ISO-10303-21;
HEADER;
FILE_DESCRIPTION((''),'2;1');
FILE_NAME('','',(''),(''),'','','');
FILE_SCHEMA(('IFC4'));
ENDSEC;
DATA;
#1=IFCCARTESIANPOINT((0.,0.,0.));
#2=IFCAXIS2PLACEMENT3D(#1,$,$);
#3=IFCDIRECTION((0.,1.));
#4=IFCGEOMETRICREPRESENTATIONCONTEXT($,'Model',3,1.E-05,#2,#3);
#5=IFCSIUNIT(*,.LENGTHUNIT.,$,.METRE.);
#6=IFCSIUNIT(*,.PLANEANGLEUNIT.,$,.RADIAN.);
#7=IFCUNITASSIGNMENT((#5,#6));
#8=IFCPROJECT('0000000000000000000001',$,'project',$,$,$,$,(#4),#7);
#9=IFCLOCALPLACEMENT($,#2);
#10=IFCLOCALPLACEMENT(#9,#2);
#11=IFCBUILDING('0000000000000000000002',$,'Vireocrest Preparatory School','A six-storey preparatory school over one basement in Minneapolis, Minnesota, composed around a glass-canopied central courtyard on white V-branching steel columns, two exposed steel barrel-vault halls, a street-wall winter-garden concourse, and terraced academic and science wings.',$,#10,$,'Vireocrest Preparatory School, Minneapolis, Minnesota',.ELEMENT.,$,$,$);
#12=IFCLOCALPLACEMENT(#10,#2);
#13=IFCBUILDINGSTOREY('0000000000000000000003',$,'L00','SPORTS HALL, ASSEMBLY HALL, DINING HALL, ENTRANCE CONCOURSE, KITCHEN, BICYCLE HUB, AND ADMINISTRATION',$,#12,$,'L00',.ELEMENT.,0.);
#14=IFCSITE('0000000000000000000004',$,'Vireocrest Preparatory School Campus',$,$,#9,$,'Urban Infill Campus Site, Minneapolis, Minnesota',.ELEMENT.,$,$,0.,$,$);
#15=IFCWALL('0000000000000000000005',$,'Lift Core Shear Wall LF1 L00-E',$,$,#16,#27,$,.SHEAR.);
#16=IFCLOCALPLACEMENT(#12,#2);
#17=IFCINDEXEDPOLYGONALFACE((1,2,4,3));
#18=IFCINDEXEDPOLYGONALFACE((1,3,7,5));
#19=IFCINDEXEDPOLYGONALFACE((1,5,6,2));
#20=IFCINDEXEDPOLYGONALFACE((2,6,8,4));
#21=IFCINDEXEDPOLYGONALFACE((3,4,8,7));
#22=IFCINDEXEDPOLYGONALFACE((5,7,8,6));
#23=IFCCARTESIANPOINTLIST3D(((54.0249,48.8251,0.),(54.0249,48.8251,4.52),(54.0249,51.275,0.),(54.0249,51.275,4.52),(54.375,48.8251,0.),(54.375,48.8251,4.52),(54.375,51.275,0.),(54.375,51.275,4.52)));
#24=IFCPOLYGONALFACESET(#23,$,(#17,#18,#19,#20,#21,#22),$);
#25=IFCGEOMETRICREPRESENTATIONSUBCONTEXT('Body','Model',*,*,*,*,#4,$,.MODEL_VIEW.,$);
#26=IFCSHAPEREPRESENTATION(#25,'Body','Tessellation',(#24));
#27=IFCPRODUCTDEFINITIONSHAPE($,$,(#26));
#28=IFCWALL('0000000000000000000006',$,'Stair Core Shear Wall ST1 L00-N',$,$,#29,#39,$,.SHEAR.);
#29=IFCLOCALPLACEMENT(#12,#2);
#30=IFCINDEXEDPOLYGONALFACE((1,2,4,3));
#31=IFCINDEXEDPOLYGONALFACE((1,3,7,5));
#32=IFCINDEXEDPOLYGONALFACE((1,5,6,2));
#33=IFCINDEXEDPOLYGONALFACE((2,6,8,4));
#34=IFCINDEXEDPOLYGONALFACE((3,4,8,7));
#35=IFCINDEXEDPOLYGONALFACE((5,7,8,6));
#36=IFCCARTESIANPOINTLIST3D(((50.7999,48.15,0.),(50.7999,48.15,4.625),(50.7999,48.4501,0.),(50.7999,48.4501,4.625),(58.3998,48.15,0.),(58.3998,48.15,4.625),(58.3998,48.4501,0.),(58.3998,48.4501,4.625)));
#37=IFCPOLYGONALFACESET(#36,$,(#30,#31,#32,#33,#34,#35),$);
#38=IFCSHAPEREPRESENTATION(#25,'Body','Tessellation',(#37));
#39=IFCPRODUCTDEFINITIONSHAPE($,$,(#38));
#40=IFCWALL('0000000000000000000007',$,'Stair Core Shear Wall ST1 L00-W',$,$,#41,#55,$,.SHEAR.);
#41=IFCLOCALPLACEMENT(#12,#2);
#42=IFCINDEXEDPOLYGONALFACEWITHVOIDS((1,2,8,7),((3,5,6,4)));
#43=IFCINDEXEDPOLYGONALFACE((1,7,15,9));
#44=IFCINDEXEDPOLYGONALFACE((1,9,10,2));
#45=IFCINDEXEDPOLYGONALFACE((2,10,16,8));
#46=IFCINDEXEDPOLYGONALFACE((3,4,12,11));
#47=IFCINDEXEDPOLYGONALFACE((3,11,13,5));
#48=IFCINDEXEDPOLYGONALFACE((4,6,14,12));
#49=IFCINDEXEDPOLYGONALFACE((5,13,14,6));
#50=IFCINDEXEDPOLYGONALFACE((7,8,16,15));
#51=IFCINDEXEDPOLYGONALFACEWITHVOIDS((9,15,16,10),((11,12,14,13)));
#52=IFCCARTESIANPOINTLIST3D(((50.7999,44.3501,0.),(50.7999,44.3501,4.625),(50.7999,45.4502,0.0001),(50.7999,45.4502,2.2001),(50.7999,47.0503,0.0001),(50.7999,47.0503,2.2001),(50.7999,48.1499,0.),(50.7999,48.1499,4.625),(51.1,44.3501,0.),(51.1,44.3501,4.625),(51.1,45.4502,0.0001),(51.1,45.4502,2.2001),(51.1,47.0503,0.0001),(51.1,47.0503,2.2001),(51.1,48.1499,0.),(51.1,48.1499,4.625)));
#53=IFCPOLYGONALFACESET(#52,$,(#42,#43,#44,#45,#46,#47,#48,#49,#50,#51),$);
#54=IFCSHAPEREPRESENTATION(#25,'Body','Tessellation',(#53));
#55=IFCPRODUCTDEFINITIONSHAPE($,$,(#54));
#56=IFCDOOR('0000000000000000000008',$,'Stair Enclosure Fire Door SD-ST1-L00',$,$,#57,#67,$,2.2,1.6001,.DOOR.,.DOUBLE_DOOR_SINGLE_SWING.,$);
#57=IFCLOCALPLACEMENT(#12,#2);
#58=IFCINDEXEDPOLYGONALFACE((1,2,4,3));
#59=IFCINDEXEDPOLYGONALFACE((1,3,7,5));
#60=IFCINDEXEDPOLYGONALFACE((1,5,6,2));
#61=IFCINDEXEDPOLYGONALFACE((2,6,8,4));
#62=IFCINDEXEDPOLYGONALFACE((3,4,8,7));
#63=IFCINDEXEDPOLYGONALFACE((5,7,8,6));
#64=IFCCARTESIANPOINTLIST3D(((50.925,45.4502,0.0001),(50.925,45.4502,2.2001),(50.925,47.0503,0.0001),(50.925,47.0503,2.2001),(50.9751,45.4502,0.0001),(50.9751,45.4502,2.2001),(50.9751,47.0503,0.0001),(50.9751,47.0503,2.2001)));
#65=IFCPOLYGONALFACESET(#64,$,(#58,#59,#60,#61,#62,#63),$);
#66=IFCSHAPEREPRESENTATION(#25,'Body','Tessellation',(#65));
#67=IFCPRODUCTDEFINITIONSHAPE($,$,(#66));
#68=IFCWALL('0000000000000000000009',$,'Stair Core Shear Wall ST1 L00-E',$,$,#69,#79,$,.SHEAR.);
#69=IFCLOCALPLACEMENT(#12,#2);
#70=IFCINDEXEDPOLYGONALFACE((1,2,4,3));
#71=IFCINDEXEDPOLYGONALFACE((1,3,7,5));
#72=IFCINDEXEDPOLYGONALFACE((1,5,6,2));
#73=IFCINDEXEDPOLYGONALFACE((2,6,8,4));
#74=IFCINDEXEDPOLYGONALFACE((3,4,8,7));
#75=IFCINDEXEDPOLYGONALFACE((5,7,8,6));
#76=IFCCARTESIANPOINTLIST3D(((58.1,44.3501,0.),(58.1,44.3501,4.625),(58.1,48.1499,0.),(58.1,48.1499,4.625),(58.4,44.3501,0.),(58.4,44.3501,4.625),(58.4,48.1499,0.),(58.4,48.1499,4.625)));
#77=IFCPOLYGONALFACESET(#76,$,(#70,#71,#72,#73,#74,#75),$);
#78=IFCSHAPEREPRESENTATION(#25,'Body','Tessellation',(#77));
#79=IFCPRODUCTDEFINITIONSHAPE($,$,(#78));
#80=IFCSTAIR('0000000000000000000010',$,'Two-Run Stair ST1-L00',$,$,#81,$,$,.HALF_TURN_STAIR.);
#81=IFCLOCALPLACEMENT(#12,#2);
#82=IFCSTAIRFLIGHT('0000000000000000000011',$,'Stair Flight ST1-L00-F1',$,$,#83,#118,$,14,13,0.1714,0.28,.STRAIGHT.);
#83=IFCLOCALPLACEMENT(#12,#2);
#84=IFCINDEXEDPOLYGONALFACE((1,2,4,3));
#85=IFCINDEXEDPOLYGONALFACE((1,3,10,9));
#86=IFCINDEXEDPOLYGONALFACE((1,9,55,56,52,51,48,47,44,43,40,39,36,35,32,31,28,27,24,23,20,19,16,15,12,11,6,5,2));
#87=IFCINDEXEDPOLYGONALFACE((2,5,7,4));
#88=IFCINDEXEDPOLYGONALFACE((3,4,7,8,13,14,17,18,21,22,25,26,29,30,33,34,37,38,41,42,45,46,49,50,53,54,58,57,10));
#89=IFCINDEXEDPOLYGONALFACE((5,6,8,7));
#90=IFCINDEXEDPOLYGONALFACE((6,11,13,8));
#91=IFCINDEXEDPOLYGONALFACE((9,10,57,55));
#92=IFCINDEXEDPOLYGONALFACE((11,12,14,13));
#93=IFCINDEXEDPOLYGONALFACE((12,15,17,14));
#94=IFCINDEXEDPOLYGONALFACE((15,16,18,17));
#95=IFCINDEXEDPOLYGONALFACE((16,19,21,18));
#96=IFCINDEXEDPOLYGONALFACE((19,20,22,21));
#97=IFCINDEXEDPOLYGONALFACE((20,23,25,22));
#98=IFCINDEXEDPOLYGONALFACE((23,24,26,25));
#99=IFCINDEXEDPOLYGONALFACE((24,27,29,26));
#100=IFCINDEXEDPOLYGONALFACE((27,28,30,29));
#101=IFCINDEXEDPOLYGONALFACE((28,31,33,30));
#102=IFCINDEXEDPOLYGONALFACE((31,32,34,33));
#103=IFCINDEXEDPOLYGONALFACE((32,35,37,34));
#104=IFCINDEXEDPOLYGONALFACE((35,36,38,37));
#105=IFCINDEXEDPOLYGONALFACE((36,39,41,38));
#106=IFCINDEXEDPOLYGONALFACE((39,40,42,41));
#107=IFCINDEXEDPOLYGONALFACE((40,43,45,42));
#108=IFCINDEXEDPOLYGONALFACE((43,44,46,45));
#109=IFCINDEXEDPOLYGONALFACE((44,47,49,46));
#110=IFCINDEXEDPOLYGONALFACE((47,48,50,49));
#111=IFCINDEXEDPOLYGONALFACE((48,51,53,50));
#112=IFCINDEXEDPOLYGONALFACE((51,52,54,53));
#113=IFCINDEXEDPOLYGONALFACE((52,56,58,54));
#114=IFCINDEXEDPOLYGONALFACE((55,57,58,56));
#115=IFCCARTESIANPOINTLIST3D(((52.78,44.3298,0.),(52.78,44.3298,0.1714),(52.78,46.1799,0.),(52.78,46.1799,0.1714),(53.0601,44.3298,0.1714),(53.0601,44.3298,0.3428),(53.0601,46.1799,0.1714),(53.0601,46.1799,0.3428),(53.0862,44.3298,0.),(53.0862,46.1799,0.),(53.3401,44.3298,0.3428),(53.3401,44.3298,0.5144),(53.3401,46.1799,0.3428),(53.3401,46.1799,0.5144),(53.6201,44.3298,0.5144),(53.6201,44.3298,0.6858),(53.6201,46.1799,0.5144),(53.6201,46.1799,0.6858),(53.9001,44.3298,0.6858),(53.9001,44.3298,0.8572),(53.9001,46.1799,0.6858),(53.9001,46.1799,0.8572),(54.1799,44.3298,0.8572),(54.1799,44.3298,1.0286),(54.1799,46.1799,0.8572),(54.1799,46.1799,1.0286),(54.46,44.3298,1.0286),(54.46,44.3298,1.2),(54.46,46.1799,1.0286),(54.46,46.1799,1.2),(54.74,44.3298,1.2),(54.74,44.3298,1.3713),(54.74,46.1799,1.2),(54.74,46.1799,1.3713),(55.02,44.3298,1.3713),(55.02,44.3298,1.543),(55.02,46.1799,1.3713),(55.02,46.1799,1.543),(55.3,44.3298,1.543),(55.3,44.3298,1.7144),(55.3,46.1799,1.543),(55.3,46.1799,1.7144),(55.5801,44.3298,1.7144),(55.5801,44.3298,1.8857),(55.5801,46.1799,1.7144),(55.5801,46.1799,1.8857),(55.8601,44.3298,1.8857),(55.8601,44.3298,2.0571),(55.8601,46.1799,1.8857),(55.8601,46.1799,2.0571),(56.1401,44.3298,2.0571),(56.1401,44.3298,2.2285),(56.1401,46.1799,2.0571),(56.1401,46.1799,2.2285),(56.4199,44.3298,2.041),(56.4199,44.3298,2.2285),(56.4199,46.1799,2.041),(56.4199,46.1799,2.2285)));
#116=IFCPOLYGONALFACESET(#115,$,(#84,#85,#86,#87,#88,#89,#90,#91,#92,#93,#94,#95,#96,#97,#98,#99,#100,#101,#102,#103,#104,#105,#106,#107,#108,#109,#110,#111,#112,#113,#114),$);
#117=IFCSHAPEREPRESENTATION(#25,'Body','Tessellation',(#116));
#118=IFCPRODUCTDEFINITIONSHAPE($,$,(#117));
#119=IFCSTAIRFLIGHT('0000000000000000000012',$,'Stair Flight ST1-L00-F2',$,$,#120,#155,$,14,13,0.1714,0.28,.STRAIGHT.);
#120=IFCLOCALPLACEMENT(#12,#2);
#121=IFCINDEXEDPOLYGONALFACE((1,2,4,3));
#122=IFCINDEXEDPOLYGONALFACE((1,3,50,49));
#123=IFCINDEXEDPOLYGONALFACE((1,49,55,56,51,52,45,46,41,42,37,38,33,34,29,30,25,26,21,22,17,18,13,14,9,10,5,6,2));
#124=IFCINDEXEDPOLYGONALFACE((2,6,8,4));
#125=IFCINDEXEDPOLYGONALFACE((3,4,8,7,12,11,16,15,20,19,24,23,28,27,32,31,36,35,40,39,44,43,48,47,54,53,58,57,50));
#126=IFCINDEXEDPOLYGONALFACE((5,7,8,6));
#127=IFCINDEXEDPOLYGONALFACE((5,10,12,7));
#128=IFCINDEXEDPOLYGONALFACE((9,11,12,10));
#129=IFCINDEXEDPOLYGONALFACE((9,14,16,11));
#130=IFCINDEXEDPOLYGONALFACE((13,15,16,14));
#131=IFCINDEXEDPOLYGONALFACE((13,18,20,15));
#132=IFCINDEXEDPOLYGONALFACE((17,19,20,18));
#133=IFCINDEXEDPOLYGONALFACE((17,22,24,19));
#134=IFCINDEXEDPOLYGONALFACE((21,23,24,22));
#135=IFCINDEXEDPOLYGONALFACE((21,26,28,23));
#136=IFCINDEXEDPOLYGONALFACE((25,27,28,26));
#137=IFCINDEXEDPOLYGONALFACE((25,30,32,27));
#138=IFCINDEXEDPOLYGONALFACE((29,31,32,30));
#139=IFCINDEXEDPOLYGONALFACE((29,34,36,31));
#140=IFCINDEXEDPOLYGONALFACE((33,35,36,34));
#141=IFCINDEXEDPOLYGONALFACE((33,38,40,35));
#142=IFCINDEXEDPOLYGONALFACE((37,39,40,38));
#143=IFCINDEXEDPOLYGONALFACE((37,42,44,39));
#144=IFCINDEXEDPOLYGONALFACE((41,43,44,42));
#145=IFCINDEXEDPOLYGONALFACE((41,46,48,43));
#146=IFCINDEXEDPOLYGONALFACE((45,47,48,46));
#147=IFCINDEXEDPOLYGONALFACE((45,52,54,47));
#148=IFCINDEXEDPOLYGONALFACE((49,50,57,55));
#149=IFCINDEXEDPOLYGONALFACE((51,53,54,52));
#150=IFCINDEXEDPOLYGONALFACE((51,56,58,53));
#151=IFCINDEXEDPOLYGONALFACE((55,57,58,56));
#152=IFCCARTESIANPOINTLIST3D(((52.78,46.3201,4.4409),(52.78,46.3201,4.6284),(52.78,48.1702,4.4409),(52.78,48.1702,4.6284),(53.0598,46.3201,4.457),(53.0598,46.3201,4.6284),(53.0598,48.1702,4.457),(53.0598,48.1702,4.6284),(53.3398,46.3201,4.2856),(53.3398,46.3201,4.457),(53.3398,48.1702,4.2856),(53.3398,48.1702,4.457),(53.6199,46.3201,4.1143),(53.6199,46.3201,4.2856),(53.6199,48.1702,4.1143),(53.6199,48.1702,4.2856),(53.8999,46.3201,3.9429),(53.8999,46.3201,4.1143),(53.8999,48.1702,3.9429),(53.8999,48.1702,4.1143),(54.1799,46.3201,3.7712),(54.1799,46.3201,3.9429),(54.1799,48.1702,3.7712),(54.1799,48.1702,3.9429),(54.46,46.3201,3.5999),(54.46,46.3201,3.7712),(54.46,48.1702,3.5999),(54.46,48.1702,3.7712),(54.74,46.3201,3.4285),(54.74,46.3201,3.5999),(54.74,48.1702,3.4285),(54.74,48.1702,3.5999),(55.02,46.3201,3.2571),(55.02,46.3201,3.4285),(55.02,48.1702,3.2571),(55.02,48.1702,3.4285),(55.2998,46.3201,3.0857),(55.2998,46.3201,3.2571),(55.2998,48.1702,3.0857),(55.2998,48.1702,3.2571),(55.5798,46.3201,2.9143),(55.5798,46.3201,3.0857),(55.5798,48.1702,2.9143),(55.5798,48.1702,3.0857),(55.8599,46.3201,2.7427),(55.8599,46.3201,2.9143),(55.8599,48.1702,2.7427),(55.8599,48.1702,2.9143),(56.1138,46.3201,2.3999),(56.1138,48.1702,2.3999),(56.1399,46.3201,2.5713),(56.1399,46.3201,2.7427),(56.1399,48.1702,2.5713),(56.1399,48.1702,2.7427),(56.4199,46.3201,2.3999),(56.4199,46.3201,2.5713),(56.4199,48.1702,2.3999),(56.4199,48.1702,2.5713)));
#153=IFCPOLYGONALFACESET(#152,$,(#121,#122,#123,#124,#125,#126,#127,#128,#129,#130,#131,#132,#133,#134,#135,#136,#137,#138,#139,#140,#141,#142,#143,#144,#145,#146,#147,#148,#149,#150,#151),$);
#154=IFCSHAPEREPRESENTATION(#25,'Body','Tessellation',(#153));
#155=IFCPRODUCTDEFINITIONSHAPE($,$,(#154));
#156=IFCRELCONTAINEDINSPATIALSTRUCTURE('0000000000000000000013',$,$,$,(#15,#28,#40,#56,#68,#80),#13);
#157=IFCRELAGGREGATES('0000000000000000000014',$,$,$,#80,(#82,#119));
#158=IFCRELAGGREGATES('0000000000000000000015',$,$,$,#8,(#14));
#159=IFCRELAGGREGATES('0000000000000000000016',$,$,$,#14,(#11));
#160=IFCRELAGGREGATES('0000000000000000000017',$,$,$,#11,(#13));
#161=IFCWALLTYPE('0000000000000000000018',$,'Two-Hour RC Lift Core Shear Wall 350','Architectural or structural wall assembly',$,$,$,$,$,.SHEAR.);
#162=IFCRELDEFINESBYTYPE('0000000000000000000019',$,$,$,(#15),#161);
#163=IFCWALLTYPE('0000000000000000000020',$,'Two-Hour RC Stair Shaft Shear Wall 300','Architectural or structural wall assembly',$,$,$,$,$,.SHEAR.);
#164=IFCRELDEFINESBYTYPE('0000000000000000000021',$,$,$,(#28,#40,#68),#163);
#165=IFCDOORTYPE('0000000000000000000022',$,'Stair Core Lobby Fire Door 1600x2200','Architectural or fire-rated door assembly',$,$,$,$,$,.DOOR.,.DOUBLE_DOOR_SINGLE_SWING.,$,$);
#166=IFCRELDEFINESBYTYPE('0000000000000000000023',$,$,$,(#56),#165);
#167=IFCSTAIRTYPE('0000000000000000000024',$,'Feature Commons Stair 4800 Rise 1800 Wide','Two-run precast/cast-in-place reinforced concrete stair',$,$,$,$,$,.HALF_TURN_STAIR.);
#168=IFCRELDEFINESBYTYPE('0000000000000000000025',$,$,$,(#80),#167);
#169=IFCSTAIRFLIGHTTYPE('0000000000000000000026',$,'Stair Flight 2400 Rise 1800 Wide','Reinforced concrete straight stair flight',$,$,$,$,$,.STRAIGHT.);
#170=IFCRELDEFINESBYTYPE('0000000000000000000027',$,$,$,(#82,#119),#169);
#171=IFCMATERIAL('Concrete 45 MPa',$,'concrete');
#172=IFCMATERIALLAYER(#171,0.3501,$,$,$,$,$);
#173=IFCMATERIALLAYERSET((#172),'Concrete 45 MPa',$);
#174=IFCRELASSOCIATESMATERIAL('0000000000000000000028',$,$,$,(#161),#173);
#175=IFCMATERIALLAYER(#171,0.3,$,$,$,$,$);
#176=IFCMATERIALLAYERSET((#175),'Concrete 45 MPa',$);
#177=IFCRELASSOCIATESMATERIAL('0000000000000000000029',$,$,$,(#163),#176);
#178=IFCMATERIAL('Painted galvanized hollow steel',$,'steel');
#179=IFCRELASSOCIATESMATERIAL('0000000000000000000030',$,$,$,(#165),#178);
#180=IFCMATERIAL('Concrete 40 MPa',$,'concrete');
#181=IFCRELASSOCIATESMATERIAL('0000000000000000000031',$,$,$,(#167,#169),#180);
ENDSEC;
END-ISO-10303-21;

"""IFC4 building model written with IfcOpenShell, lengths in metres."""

from ifc_helpers import new_model, si_unit, direction, frame, frame_2d, origin, place, context, subcontext, project, spatial, polyline, rectangle, outline, extrude, material, layer, layer_set, type_object, element, fill, aggregate, save


model = new_model("IFC4")

# Units and contexts
model_context = context("Model", 3, precision=1e-05, world=origin(), true_north=direction((0.0, 1.0)))
body_context = subcontext(model_context, "Body", "Model", "MODEL_VIEW")
ifc_project = project(units=[si_unit("LENGTHUNIT", "METRE"), si_unit("PLANEANGLEUNIT", "RADIAN")], contexts=[model_context])

# Site, building, storey
site_placement = place(None, origin())
site = spatial("IfcSite", under=ifc_project, at=site_placement, Name="Vireocrest Preparatory School Campus", LongName="Urban Infill Campus Site, Minneapolis, Minnesota", CompositionType="ELEMENT", RefElevation=0.0)
building_placement = place(site_placement, origin())
building = spatial("IfcBuilding", under=site, at=building_placement, Name="Vireocrest Preparatory School", Description="A six-storey preparatory school over one basement in Minneapolis, Minnesota, composed around a glass-canopied central courtyard on white V-branching steel columns, two exposed steel barrel-vault halls, a street-wall winter-garden concourse, and terraced academic and science wings.", LongName="Vireocrest Preparatory School, Minneapolis, Minnesota", CompositionType="ELEMENT")
storey_placement = place(building_placement, origin())
storey = spatial("IfcBuildingStorey", under=building, at=storey_placement, Name="L00", Description="SPORTS HALL, ASSEMBLY HALL, DINING HALL, ENTRANCE CONCOURSE, KITCHEN, BICYCLE HUB, AND ADMINISTRATION", LongName="L00", CompositionType="ELEMENT", Elevation=0.0)

# Shared definitions
ifc_material_1 = material(Name="Concrete 45 MPa", Category="concrete")

# Shared definitions
ifc_material_2 = material(Name="Concrete 40 MPa", Category="concrete")

# Shared definitions
ifc_layer_1 = layer(ifc_material_1, 0.3501)
ifc_layer_set_1 = layer_set([ifc_layer_1], Name="Concrete 45 MPa")
wall_type_1 = type_object("IfcWallType", Name="Two-Hour RC Lift Core Shear Wall 350", Description="Architectural or structural wall assembly", PredefinedType="SHEAR", material=ifc_layer_set_1)

# Shared definitions
ifc_material_3 = material(Name="Painted galvanized hollow steel", Category="steel")

# Walls
wall_1_placement = place(storey_placement, frame((54.2, 48.825, 0.0), z_axis=(0.0, 0.0, 1.0), x_axis=(0.0, 1.0, 0.0)))
element("IfcWall", 1, at=wall_1_placement, inside=storey, type_object=wall_type_1, Name="Lift Core Shear Wall LF1 L00-E", PredefinedType="SHEAR", context=body_context, shape_type="SweptSolid", body=[
    extrude(rectangle(XDim=2.45, YDim=0.3501, at=frame_2d((1.2251, 0.0))), origin(), (0.0, 0.0, 1.0), 4.52),
])
ifc_layer_2 = layer(ifc_material_1, 0.3)
ifc_layer_set_2 = layer_set([ifc_layer_2], Name="Concrete 45 MPa")
wall_type_2 = type_object("IfcWallType", Name="Two-Hour RC Stair Shaft Shear Wall 300", Description="Architectural or structural wall assembly", PredefinedType="SHEAR", material=ifc_layer_set_2)
wall_2_placement = place(storey_placement, frame((50.8, 48.3, 0.0), z_axis=(0.0, 0.0, 1.0), x_axis=(1.0, 0.0, 0.0)))
element("IfcWall", 2, at=wall_2_placement, inside=storey, type_object=wall_type_2, Name="Stair Core Shear Wall ST1 L00-N", PredefinedType="SHEAR", context=body_context, shape_type="SweptSolid", body=[
    extrude(rectangle(XDim=7.5999, YDim=0.3, at=frame_2d((3.7998, 0.0))), origin(), (0.0, 0.0, 1.0), 4.625),
])

# Wall, opening, door
wall_3_placement = place(storey_placement, frame((50.95, 44.3501, 0.0), z_axis=(0.0, 0.0, 1.0), x_axis=(0.0, 1.0, 0.0)))
wall_3 = element("IfcWall", 3, at=wall_3_placement, inside=storey, type_object=wall_type_2, Name="Stair Core Shear Wall ST1 L00-W", PredefinedType="SHEAR", context=body_context, shape_type="SweptSolid", body=[
    extrude(rectangle(XDim=3.7998, YDim=0.3, at=frame_2d((1.8999, 0.0))), origin(), (0.0, 0.0, 1.0), 4.625),
])
opening_1_placement = place(wall_3_placement, frame((1.1001, 0.0, 0.0)))
opening_1 = element("IfcOpeningElement", 4, at=opening_1_placement, cuts=wall_3, PredefinedType="OPENING", context=body_context, shape_type="SweptSolid", body=[
    extrude(rectangle(XDim=1.6001, YDim=2.2, at=frame_2d((0.8, 1.1001))), frame((0.0, 0.1599, 0.0), z_axis=(0.0, -1.0, 0.0), x_axis=(1.0, 0.0, 0.0)), (0.0, 0.0, 1.0), 0.3201),
])
door_type_1 = type_object("IfcDoorType", Name="Stair Core Lobby Fire Door 1600x2200", Description="Architectural or fire-rated door assembly", OperationType="DOUBLE_DOOR_SINGLE_SWING", PredefinedType="DOOR", material=ifc_material_3)
door_1_placement = place(opening_1_placement, origin())
door_1 = element("IfcDoor", 5, at=door_1_placement, inside=storey, type_object=door_type_1, Name="Stair Enclosure Fire Door SD-ST1-L00", OperationType="DOUBLE_DOOR_SINGLE_SWING", OverallHeight=2.2, OverallWidth=1.6001, PredefinedType="DOOR", context=body_context, shape_type="SweptSolid", body=[
    extrude(rectangle(XDim=1.6001, YDim=2.2, at=frame_2d((0.8, 1.1001))), frame((0.0, 0.0249, 0.0), z_axis=(0.0, -1.0, 0.0), x_axis=(1.0, 0.0, 0.0)), (0.0, 0.0, 1.0), 0.05),
])
fill(opening_1, door_1)

# Wall
wall_4_placement = place(storey_placement, frame((58.25, 44.3501, 0.0), z_axis=(0.0, 0.0, 1.0), x_axis=(0.0, 1.0, 0.0)))
element("IfcWall", 6, at=wall_4_placement, inside=storey, type_object=wall_type_2, Name="Stair Core Shear Wall ST1 L00-E", PredefinedType="SHEAR", context=body_context, shape_type="SweptSolid", body=[
    extrude(rectangle(XDim=3.7998, YDim=0.3, at=frame_2d((1.8999, 0.0))), origin(), (0.0, 0.0, 1.0), 4.625),
])

# Stair, stair flights
stair_type = type_object("IfcStairType", Name="Feature Commons Stair 4800 Rise 1800 Wide", Description="Two-run precast/cast-in-place reinforced concrete stair", PredefinedType="HALF_TURN_STAIR", material=ifc_material_2)
stair_placement = place(storey_placement, origin())
stair = element("IfcStair", 7, at=stair_placement, inside=storey, type_object=stair_type, Name="Two-Run Stair ST1-L00", PredefinedType="HALF_TURN_STAIR")
stair_flight_type = type_object("IfcStairFlightType", Name="Stair Flight 2400 Rise 1800 Wide", Description="Reinforced concrete straight stair flight", PredefinedType="STRAIGHT", material=ifc_material_2)
stair_flight_1_placement = place(storey_placement, frame((52.78, 45.2549, 0.0), z_axis=(0.0, 0.0, 1.0), x_axis=(1.0, 0.0, 0.0)))
stair_flight_1 = element("IfcStairFlight", 8, at=stair_flight_1_placement, type_object=stair_flight_type, Name="Stair Flight ST1-L00-F1", NumberOfRisers=14, NumberOfTreads=13, PredefinedType="STRAIGHT", RiserHeight=0.1714, TreadLength=0.28, context=body_context, shape_type="SweptSolid", body=[
    extrude(outline(polyline([(0.0, 0.0), (0.0, 0.1714), (0.28, 0.1714), (0.28, 0.3428), (0.5601, 0.3428), (0.5601, 0.5144), (0.8401, 0.5144), (0.8401, 0.6858), (1.1201, 0.6858), (1.1201, 0.8572), (1.3999, 0.8572), (1.3999, 1.0286), (1.6799, 1.0286), (1.6799, 1.2), (1.96, 1.2), (1.96, 1.3713), (2.24, 1.3713), (2.24, 1.543), (2.52, 1.543), (2.52, 1.7144), (2.8, 1.7144), (2.8, 1.8857), (3.0801, 1.8857), (3.0801, 2.0571), (3.3601, 2.0571), (3.3601, 2.2285), (3.6399, 2.2285), (3.6399, 2.3999), (3.6399, 2.041), (0.3062, 0.0), (0.0, 0.0)])), frame((0.0, 0.925, 0.0), z_axis=(0.0, -1.0, 0.0), x_axis=(1.0, 0.0, 0.0)), (0.0, 0.0, 1.0), 1.8501),
])
stair_flight_2_placement = place(storey_placement, frame((56.4199, 47.2451, 2.3999), z_axis=(0.0, 0.0, 1.0), x_axis=(-1.0, 0.0, 0.0)))
stair_flight_2 = element("IfcStairFlight", 9, at=stair_flight_2_placement, type_object=stair_flight_type, Name="Stair Flight ST1-L00-F2", NumberOfRisers=14, NumberOfTreads=13, PredefinedType="STRAIGHT", RiserHeight=0.1714, TreadLength=0.28, context=body_context, shape_type="SweptSolid", body=[
    extrude(outline(polyline([(0.0, 0.0), (0.0, 0.1714), (0.28, 0.1714), (0.28, 0.3428), (0.5601, 0.3428), (0.5601, 0.5144), (0.8401, 0.5144), (0.8401, 0.6858), (1.1201, 0.6858), (1.1201, 0.8572), (1.3999, 0.8572), (1.3999, 1.0286), (1.6799, 1.0286), (1.6799, 1.2), (1.96, 1.2), (1.96, 1.3713), (2.24, 1.3713), (2.24, 1.543), (2.52, 1.543), (2.52, 1.7144), (2.8, 1.7144), (2.8, 1.8857), (3.0801, 1.8857), (3.0801, 2.0571), (3.3601, 2.0571), (3.3601, 2.2285), (3.6399, 2.2285), (3.6399, 2.3999), (3.6399, 2.041), (0.3062, 0.0), (0.0, 0.0)])), frame((0.0, 0.925, 0.0), z_axis=(0.0, -1.0, 0.0), x_axis=(1.0, 0.0, 0.0)), (0.0, 0.0, 1.0), 1.8501),
])
aggregate(stair, [stair_flight_1, stair_flight_2])

save(model, "model.ifc")
